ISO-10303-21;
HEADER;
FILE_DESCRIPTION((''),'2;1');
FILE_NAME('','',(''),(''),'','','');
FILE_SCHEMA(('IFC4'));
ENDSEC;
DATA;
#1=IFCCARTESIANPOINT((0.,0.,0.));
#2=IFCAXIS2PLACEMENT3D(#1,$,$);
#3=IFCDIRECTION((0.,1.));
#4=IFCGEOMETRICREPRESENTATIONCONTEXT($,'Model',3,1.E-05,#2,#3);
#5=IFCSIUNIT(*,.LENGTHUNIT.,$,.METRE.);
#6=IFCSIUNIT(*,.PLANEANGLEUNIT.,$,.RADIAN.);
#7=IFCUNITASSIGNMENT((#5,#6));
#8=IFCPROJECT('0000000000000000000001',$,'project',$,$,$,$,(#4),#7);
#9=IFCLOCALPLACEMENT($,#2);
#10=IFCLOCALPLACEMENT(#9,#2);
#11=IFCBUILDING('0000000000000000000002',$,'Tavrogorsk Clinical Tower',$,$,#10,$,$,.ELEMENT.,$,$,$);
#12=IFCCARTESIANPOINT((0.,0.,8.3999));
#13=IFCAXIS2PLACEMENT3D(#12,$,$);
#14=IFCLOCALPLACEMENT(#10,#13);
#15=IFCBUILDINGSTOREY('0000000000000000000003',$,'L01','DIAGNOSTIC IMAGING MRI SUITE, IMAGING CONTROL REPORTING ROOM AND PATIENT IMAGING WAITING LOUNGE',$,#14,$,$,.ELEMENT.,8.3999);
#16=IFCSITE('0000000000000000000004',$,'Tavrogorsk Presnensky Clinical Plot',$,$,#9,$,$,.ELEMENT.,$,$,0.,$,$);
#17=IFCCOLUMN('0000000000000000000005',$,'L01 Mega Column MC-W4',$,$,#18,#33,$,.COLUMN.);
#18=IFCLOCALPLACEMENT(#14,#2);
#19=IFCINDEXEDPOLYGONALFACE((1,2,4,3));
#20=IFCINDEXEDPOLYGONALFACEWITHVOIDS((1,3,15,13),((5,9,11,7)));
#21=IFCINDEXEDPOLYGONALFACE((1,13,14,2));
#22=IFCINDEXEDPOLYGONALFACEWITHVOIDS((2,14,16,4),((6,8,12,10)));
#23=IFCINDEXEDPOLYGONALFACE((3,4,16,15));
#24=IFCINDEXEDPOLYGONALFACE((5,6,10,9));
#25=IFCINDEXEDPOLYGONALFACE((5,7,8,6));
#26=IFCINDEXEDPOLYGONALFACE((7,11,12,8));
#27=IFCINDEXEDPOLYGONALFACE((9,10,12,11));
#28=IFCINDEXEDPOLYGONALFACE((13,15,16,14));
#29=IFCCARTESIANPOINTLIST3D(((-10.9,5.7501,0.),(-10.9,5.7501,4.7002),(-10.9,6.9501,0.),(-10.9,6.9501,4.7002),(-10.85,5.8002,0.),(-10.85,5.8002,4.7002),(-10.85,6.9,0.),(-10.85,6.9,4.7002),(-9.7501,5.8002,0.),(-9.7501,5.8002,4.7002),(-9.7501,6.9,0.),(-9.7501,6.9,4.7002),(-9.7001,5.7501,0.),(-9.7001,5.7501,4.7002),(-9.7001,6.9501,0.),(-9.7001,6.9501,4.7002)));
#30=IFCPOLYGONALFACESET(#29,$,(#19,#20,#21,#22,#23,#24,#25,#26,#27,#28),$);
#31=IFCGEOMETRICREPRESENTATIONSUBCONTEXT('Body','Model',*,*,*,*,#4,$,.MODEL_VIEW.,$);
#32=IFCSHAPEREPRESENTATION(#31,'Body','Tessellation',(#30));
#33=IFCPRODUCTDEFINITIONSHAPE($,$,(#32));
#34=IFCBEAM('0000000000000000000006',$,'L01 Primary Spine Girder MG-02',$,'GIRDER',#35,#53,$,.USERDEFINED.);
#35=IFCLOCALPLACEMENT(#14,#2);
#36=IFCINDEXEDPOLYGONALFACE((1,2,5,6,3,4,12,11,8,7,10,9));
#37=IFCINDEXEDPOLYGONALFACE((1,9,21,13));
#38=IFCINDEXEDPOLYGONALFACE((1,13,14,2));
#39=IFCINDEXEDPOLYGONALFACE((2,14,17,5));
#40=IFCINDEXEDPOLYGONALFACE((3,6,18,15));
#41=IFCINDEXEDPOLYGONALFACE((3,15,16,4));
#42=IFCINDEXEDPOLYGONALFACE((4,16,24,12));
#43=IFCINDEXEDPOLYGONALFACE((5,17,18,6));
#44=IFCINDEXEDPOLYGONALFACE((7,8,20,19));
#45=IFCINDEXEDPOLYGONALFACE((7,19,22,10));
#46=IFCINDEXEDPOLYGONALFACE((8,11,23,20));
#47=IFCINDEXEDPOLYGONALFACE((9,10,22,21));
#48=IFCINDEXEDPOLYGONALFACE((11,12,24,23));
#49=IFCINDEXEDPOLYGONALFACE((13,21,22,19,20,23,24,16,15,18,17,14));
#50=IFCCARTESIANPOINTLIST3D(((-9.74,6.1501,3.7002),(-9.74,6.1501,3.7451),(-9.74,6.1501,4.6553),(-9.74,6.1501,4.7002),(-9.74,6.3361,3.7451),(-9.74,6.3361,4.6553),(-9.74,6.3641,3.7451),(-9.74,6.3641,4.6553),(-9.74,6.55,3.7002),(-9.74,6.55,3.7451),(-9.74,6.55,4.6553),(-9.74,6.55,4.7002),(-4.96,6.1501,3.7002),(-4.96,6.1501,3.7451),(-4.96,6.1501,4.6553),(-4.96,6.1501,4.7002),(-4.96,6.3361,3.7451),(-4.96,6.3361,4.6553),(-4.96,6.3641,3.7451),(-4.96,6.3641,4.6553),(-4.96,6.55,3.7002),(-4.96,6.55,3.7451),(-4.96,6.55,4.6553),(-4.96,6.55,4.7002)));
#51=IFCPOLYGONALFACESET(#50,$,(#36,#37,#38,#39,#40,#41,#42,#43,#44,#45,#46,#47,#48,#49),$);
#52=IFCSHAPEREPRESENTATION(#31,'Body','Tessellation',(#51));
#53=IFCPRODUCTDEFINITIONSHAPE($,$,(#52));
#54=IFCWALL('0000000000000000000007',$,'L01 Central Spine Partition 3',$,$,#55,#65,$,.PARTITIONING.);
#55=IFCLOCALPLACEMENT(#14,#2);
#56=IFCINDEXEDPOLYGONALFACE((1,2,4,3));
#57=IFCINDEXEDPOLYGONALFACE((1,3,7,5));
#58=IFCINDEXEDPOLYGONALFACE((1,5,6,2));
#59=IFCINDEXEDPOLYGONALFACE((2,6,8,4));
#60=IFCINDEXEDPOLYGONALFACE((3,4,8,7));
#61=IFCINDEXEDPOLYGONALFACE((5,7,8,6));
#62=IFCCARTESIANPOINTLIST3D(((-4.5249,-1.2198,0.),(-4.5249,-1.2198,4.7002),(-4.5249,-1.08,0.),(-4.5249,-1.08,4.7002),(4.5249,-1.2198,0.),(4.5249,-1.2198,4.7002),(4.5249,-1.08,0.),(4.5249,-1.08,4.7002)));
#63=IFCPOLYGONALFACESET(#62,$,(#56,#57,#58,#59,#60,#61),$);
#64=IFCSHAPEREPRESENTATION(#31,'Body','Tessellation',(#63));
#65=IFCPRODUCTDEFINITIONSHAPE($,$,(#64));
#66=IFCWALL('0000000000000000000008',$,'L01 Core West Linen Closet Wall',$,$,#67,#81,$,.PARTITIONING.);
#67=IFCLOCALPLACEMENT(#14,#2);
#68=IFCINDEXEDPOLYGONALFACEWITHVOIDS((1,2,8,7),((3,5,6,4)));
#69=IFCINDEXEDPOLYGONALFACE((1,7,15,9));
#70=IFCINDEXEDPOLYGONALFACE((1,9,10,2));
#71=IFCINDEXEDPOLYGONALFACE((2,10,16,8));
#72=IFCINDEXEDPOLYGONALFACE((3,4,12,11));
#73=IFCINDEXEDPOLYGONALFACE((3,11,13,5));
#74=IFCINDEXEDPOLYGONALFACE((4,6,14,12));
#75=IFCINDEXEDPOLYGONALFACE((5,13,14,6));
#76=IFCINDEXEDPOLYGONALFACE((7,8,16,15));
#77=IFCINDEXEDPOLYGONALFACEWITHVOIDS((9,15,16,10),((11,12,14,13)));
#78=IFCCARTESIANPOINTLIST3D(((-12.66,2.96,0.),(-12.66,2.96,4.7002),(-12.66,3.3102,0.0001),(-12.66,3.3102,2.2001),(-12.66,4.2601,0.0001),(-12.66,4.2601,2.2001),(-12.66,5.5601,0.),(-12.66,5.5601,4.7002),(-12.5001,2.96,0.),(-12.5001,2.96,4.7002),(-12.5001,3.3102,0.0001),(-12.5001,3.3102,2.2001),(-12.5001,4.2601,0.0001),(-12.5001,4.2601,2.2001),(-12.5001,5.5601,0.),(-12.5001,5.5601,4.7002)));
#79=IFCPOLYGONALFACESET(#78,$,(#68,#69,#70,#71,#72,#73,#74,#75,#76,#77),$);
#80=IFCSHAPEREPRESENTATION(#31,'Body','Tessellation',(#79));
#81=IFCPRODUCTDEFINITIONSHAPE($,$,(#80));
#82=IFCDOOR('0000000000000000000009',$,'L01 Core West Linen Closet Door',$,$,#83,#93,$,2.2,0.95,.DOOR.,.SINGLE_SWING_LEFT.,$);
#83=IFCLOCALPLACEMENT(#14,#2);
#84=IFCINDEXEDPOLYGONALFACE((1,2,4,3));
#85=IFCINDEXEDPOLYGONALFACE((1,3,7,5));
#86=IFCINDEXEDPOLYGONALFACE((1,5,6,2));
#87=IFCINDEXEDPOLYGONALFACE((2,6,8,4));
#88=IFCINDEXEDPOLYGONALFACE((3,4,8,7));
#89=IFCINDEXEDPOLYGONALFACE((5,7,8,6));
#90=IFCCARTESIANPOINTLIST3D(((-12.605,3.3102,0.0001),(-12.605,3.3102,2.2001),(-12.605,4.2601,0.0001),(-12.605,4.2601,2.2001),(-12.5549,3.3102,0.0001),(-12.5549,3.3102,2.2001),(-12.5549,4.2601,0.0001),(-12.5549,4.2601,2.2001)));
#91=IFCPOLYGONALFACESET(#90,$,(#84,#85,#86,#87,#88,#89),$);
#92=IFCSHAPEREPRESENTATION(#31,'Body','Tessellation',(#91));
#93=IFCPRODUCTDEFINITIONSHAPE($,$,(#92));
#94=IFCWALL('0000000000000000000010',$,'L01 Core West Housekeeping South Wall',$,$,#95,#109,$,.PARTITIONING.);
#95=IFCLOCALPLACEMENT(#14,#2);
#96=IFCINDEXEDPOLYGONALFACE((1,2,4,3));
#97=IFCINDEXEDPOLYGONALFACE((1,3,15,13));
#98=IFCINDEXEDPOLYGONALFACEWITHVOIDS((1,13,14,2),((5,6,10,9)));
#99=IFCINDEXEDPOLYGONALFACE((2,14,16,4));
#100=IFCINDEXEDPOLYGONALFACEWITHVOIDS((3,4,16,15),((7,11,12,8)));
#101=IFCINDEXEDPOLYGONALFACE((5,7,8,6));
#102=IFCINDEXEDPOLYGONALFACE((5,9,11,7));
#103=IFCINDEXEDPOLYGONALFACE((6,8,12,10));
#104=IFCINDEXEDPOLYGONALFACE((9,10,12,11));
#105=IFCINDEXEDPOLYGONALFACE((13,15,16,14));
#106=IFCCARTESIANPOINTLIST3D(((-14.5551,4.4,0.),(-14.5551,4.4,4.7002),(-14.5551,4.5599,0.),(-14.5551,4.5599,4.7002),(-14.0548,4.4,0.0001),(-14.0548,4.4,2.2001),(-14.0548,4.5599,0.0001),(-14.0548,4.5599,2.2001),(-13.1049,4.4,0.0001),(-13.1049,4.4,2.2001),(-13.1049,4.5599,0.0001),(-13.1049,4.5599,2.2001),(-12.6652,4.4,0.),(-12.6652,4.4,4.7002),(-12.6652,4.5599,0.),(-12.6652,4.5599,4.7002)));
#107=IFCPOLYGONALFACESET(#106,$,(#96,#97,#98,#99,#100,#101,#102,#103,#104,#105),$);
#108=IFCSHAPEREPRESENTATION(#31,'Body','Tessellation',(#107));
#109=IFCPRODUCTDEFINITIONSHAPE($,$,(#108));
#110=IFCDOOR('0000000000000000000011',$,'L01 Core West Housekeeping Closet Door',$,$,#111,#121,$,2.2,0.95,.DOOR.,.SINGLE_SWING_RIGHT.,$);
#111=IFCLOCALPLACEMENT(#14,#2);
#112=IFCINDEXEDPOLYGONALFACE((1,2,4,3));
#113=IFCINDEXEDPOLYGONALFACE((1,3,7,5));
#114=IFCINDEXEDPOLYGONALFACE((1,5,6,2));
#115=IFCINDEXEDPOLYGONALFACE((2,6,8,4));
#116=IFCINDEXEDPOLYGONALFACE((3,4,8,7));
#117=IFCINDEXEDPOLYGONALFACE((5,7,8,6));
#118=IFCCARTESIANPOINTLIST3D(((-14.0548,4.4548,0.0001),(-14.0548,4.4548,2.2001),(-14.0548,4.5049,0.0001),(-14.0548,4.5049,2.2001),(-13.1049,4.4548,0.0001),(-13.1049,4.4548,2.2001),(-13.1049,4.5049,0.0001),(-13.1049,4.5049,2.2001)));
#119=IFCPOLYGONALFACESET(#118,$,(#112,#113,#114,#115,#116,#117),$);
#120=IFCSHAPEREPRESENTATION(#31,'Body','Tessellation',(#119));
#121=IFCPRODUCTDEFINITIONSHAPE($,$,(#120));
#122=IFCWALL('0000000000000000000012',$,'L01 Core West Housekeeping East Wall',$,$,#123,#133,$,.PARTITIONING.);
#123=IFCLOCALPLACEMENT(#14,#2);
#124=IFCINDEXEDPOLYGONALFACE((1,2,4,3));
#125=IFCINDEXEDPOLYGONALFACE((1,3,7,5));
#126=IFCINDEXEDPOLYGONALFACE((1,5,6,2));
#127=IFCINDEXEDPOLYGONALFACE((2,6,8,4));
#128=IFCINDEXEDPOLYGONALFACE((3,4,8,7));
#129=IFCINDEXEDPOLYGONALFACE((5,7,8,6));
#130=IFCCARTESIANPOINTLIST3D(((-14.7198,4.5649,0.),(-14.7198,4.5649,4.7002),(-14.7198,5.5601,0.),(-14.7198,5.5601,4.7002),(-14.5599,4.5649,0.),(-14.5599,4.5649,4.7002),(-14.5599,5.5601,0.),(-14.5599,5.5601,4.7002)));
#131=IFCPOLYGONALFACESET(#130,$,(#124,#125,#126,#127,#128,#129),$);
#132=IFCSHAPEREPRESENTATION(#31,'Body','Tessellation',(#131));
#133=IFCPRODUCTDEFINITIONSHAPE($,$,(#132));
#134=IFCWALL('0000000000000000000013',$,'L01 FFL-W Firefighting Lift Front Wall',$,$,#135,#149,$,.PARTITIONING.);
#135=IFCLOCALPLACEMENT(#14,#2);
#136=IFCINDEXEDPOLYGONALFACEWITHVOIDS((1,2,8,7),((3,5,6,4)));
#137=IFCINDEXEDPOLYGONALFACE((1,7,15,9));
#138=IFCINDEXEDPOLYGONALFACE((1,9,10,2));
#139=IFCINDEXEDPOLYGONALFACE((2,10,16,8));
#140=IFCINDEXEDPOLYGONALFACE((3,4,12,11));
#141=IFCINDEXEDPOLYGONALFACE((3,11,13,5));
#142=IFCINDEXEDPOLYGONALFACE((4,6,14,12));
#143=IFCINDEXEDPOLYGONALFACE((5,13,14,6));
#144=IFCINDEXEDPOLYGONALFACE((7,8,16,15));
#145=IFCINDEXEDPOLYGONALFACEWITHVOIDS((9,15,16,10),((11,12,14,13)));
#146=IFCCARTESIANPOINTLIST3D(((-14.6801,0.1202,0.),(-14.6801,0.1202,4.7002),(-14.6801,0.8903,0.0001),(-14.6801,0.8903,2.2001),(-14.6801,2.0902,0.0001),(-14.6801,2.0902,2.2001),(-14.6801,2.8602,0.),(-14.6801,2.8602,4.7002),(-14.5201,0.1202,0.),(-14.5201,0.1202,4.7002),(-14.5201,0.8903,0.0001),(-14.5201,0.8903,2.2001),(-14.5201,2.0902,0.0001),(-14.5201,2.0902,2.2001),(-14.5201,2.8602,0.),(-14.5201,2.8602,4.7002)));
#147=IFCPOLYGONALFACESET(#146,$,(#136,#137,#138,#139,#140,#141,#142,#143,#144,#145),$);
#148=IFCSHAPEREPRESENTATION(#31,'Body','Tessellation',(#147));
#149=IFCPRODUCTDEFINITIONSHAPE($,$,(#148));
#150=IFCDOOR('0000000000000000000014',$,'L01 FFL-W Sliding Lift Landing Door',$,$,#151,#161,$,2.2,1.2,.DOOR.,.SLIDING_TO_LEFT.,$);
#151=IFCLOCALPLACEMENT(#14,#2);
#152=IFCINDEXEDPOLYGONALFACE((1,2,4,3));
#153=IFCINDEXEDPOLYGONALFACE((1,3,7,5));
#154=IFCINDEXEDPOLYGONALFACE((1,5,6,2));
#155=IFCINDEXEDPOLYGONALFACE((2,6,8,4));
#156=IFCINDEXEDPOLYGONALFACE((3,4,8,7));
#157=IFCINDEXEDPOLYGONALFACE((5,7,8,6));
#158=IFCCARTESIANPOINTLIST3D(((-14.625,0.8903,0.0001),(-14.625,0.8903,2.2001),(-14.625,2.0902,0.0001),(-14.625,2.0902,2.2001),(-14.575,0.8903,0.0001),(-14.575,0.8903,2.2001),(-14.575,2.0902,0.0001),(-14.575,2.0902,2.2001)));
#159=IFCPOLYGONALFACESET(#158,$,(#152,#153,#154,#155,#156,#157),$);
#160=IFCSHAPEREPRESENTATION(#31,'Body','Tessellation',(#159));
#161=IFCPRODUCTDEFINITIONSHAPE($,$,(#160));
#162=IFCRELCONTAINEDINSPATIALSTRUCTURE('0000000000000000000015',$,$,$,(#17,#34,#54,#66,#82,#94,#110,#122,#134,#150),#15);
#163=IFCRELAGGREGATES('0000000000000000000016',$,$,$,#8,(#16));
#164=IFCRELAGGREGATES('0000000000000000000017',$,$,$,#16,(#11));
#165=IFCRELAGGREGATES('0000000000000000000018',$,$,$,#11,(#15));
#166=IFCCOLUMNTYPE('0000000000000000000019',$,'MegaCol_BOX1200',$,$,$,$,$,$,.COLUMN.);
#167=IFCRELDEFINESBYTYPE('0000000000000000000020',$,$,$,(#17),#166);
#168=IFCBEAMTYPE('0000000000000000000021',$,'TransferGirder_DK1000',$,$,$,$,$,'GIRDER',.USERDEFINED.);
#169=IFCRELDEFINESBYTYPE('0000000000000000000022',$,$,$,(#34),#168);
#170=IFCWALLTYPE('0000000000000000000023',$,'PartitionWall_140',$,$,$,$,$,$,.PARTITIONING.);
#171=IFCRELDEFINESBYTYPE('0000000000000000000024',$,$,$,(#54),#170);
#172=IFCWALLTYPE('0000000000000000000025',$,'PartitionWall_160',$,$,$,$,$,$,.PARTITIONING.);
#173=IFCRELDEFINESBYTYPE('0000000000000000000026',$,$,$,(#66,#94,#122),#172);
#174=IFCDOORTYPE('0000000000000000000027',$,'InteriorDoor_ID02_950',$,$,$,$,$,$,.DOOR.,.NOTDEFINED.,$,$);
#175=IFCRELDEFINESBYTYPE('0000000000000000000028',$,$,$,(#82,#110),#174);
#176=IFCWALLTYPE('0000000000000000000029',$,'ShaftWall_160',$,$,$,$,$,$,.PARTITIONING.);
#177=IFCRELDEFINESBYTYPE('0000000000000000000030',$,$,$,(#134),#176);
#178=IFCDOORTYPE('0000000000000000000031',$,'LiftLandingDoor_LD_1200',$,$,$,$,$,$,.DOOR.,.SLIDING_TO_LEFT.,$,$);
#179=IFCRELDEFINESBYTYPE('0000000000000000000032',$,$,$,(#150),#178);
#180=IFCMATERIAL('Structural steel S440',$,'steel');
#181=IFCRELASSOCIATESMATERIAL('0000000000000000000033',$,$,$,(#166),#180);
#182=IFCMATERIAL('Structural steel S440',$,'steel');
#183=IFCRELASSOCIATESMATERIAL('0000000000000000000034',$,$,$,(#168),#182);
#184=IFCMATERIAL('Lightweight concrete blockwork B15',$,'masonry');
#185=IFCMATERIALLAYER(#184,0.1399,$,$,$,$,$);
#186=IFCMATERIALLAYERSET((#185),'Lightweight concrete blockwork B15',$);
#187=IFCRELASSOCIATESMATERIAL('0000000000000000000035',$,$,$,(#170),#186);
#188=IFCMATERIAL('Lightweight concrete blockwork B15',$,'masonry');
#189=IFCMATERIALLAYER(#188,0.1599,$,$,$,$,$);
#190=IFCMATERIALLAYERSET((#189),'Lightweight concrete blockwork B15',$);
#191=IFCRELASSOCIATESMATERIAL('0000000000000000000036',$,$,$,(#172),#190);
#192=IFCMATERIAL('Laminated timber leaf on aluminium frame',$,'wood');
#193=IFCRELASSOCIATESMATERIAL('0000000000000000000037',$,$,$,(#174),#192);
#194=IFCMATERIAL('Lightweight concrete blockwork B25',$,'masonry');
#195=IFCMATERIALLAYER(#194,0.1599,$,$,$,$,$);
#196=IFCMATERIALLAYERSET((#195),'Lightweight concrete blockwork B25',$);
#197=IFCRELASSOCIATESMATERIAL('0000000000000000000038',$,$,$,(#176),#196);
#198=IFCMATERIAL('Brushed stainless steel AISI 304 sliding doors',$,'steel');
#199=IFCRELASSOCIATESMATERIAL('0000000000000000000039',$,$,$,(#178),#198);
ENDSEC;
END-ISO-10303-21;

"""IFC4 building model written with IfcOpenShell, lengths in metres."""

from ifc_helpers import new_model, si_unit, direction, frame, frame_2d, origin, origin_2d, place, context, subcontext, project, spatial, rectangle, hollow_rectangle, i_section, extrude, material, layer, layer_set, material_profile, profile_set, type_object, element, fill, save


model = new_model("IFC4")

# Units and contexts
model_context = context("Model", 3, precision=1e-05, world=origin(), true_north=direction((0.0, 1.0)))
body_context = subcontext(model_context, "Body", "Model", "MODEL_VIEW")
ifc_project = project(units=[si_unit("LENGTHUNIT", "METRE"), si_unit("PLANEANGLEUNIT", "RADIAN")], contexts=[model_context])

# Site, building, storey
site_placement = place(None, origin())
site = spatial("IfcSite", under=ifc_project, at=site_placement, Name="Tavrogorsk Presnensky Clinical Plot", CompositionType="ELEMENT", RefElevation=0.0)
building_placement = place(site_placement, origin())
building = spatial("IfcBuilding", under=site, at=building_placement, Name="Tavrogorsk Clinical Tower", CompositionType="ELEMENT")
storey_placement = place(building_placement, frame((0.0, 0.0, 8.3999)))
storey = spatial("IfcBuildingStorey", under=building, at=storey_placement, Name="L01", Description="DIAGNOSTIC IMAGING MRI SUITE, IMAGING CONTROL REPORTING ROOM AND PATIENT IMAGING WAITING LOUNGE", CompositionType="ELEMENT", Elevation=8.3999)

# Column
ifc_material_1 = material(Name="Structural steel S440", Category="steel")
ifc_material_profile_1 = material_profile(ifc_material_1, hollow_rectangle(XDim=1.2, YDim=1.2, WallThickness=0.05, at=origin_2d()), Name="BOX-1200x1200x50")
ifc_profile_set_1 = profile_set([ifc_material_profile_1], Name="Structural steel S440")
column_type = type_object("IfcColumnType", Name="MegaCol_BOX1200", PredefinedType="COLUMN", material=ifc_profile_set_1)
column_placement = place(storey_placement, frame((-10.3, 6.3501, 0.0), z_axis=(0.0, 0.0, 1.0), x_axis=(1.0, 0.0, 0.0)))
element("IfcColumn", 1, at=column_placement, inside=storey, type_object=column_type, Name="L01 Mega Column MC-W4", PredefinedType="COLUMN", context=body_context, shape_type="SweptSolid", body=[
    extrude(hollow_rectangle(XDim=1.2, YDim=1.2, WallThickness=0.05, at=origin_2d()), origin(), (0.0, 0.0, 1.0), 4.7002),
])

# Beam
ifc_material_2 = material(Name="Structural steel S440", Category="steel")
ifc_material_profile_2 = material_profile(ifc_material_2, i_section(OverallWidth=0.3999, OverallDepth=1.0, WebThickness=0.0281, FlangeThickness=0.0449, at=origin_2d()), Name="DK-1000x400x28x45")
ifc_profile_set_2 = profile_set([ifc_material_profile_2], Name="Structural steel S440")
beam_type = type_object("IfcBeamType", Name="TransferGirder_DK1000", ElementType="GIRDER", PredefinedType="USERDEFINED", material=ifc_profile_set_2)
beam_placement = place(storey_placement, frame((-9.74, 6.3501, 4.2002), z_axis=(1.0, 0.0, 0.0), x_axis=(0.0, 1.0, 0.0)))
element("IfcBeam", 2, at=beam_placement, inside=storey, type_object=beam_type, Name="L01 Primary Spine Girder MG-02", ObjectType="GIRDER", PredefinedType="USERDEFINED", context=body_context, shape_type="SweptSolid", body=[
    extrude(i_section(OverallWidth=0.3999, OverallDepth=1.0, WebThickness=0.0281, FlangeThickness=0.0449, at=origin_2d()), origin(), (0.0, 0.0, 1.0), 4.78),
])

# Wall
ifc_material_3 = material(Name="Lightweight concrete blockwork B15", Category="masonry")
ifc_layer_1 = layer(ifc_material_3, 0.1399)
ifc_layer_set_1 = layer_set([ifc_layer_1], Name="Lightweight concrete blockwork B15")
wall_type_1 = type_object("IfcWallType", Name="PartitionWall_140", PredefinedType="PARTITIONING", material=ifc_layer_set_1)
wall_1_placement = place(storey_placement, frame((-4.5249, -1.1499, 0.0), z_axis=(0.0, 0.0, 1.0), x_axis=(1.0, 0.0, 0.0)))
element("IfcWall", 3, at=wall_1_placement, inside=storey, type_object=wall_type_1, Name="L01 Central Spine Partition 3", PredefinedType="PARTITIONING", context=body_context, shape_type="SweptSolid", body=[
    extrude(rectangle(XDim=9.0498, YDim=0.1399, at=frame_2d((4.5249, 0.0))), origin(), (0.0, 0.0, 1.0), 4.7002),
])

# Walls, openings, doors
ifc_material_4 = material(Name="Lightweight concrete blockwork B15", Category="masonry")
ifc_layer_2 = layer(ifc_material_4, 0.1599)
ifc_layer_set_2 = layer_set([ifc_layer_2], Name="Lightweight concrete blockwork B15")
wall_type_2 = type_object("IfcWallType", Name="PartitionWall_160", PredefinedType="PARTITIONING", material=ifc_layer_set_2)
wall_2_placement = place(storey_placement, frame((-12.5801, 2.96, 0.0), z_axis=(0.0, 0.0, 1.0), x_axis=(0.0, 1.0, 0.0)))
wall_2 = element("IfcWall", 4, at=wall_2_placement, inside=storey, type_object=wall_type_2, Name="L01 Core West Linen Closet Wall", PredefinedType="PARTITIONING", context=body_context, shape_type="SweptSolid", body=[
    extrude(rectangle(XDim=2.6001, YDim=0.1599, at=frame_2d((1.3, 0.0))), origin(), (0.0, 0.0, 1.0), 4.7002),
])
opening_1_placement = place(wall_2_placement, frame((0.3501, 0.0, 0.0)))
opening_1 = element("IfcOpeningElement", 5, at=opening_1_placement, cuts=wall_2, PredefinedType="OPENING", context=body_context, shape_type="SweptSolid", body=[
    extrude(rectangle(XDim=0.95, YDim=2.2, at=frame_2d((0.4751, 1.1001))), frame((0.0, 0.0898, 0.0), z_axis=(0.0, -1.0, 0.0), x_axis=(1.0, 0.0, 0.0)), (0.0, 0.0, 1.0), 0.1799),
])
ifc_material_5 = material(Name="Laminated timber leaf on aluminium frame", Category="wood")
door_type_1 = type_object("IfcDoorType", Name="InteriorDoor_ID02_950", OperationType="NOTDEFINED", PredefinedType="DOOR", material=ifc_material_5)
door_1_placement = place(opening_1_placement, origin())
door_1 = element("IfcDoor", 6, at=door_1_placement, inside=storey, type_object=door_type_1, Name="L01 Core West Linen Closet Door", OperationType="SINGLE_SWING_LEFT", OverallHeight=2.2, OverallWidth=0.95, PredefinedType="DOOR", context=body_context, shape_type="SweptSolid", body=[
    extrude(rectangle(XDim=0.95, YDim=2.2, at=frame_2d((0.4751, 1.1001))), frame((0.0, 0.0249, 0.0), z_axis=(0.0, -1.0, 0.0), x_axis=(1.0, 0.0, 0.0)), (0.0, 0.0, 1.0), 0.05),
])
fill(opening_1, door_1)
wall_3_placement = place(storey_placement, frame((-14.5549, 4.48, 0.0), z_axis=(0.0, 0.0, 1.0), x_axis=(1.0, 0.0, 0.0)))
wall_3 = element("IfcWall", 7, at=wall_3_placement, inside=storey, type_object=wall_type_2, Name="L01 Core West Housekeeping South Wall", PredefinedType="PARTITIONING", context=body_context, shape_type="SweptSolid", body=[
    extrude(rectangle(XDim=1.8899, YDim=0.1599, at=frame_2d((0.9448, 0.0))), origin(), (0.0, 0.0, 1.0), 4.7002),
])
opening_2_placement = place(wall_3_placement, frame((0.5, 0.0, 0.0)))
opening_2 = element("IfcOpeningElement", 8, at=opening_2_placement, cuts=wall_3, PredefinedType="OPENING", context=body_context, shape_type="SweptSolid", body=[
    extrude(rectangle(XDim=0.95, YDim=2.2, at=frame_2d((0.4751, 1.1001))), frame((0.0, 0.0898, 0.0), z_axis=(0.0, -1.0, 0.0), x_axis=(1.0, 0.0, 0.0)), (0.0, 0.0, 1.0), 0.1799),
])
door_2_placement = place(opening_2_placement, origin())
door_2 = element("IfcDoor", 9, at=door_2_placement, inside=storey, type_object=door_type_1, Name="L01 Core West Housekeeping Closet Door", OperationType="SINGLE_SWING_RIGHT", OverallHeight=2.2, OverallWidth=0.95, PredefinedType="DOOR", context=body_context, shape_type="SweptSolid", body=[
    extrude(rectangle(XDim=0.95, YDim=2.2, at=frame_2d((0.4751, 1.1001))), frame((0.0, 0.0249, 0.0), z_axis=(0.0, -1.0, 0.0), x_axis=(1.0, 0.0, 0.0)), (0.0, 0.0, 1.0), 0.05),
])
fill(opening_2, door_2)

# Wall
wall_4_placement = place(storey_placement, frame((-14.6399, 4.5649, 0.0), z_axis=(0.0, 0.0, 1.0), x_axis=(0.0, 1.0, 0.0)))
element("IfcWall", 10, at=wall_4_placement, inside=storey, type_object=wall_type_2, Name="L01 Core West Housekeeping East Wall", PredefinedType="PARTITIONING", context=body_context, shape_type="SweptSolid", body=[
    extrude(rectangle(XDim=0.9951, YDim=0.1599, at=frame_2d((0.4976, 0.0))), origin(), (0.0, 0.0, 1.0), 4.7002),
])

# Wall, opening, door
ifc_material_6 = material(Name="Lightweight concrete blockwork B25", Category="masonry")
ifc_layer_3 = layer(ifc_material_6, 0.1599)
ifc_layer_set_3 = layer_set([ifc_layer_3], Name="Lightweight concrete blockwork B25")
wall_type_3 = type_object("IfcWallType", Name="ShaftWall_160", PredefinedType="PARTITIONING", material=ifc_layer_set_3)
wall_5_placement = place(storey_placement, frame((-14.6001, 0.1201, 0.0), z_axis=(0.0, 0.0, 1.0), x_axis=(0.0, 1.0, 0.0)))
wall_5 = element("IfcWall", 11, at=wall_5_placement, inside=storey, type_object=wall_type_3, Name="L01 FFL-W Firefighting Lift Front Wall", PredefinedType="PARTITIONING", context=body_context, shape_type="SweptSolid", body=[
    extrude(rectangle(XDim=2.74, YDim=0.1599, at=frame_2d((1.3701, 0.0))), origin(), (0.0, 0.0, 1.0), 4.7002),
])
opening_3_placement = place(wall_5_placement, frame((0.77, 0.0, 0.0)))
opening_3 = element("IfcOpeningElement", 12, at=opening_3_placement, cuts=wall_5, PredefinedType="OPENING", context=body_context, shape_type="SweptSolid", body=[
    extrude(rectangle(XDim=1.2, YDim=2.2, at=frame_2d((0.6001, 1.1001))), frame((0.0, 0.0898, 0.0), z_axis=(0.0, -1.0, 0.0), x_axis=(1.0, 0.0, 0.0)), (0.0, 0.0, 1.0), 0.1799),
])
ifc_material_7 = material(Name="Brushed stainless steel AISI 304 sliding doors", Category="steel")
door_type_2 = type_object("IfcDoorType", Name="LiftLandingDoor_LD_1200", OperationType="SLIDING_TO_LEFT", PredefinedType="DOOR", material=ifc_material_7)
door_3_placement = place(opening_3_placement, origin())
door_3 = element("IfcDoor", 13, at=door_3_placement, inside=storey, type_object=door_type_2, Name="L01 FFL-W Sliding Lift Landing Door", OperationType="SLIDING_TO_LEFT", OverallHeight=2.2, OverallWidth=1.2, PredefinedType="DOOR", context=body_context, shape_type="SweptSolid", body=[
    extrude(rectangle(XDim=1.2, YDim=2.2, at=frame_2d((0.6001, 1.1001))), frame((0.0, 0.0249, 0.0), z_axis=(0.0, -1.0, 0.0), x_axis=(1.0, 0.0, 0.0)), (0.0, 0.0, 1.0), 0.05),
])
fill(opening_3, door_3)

save(model, "model.ifc")
